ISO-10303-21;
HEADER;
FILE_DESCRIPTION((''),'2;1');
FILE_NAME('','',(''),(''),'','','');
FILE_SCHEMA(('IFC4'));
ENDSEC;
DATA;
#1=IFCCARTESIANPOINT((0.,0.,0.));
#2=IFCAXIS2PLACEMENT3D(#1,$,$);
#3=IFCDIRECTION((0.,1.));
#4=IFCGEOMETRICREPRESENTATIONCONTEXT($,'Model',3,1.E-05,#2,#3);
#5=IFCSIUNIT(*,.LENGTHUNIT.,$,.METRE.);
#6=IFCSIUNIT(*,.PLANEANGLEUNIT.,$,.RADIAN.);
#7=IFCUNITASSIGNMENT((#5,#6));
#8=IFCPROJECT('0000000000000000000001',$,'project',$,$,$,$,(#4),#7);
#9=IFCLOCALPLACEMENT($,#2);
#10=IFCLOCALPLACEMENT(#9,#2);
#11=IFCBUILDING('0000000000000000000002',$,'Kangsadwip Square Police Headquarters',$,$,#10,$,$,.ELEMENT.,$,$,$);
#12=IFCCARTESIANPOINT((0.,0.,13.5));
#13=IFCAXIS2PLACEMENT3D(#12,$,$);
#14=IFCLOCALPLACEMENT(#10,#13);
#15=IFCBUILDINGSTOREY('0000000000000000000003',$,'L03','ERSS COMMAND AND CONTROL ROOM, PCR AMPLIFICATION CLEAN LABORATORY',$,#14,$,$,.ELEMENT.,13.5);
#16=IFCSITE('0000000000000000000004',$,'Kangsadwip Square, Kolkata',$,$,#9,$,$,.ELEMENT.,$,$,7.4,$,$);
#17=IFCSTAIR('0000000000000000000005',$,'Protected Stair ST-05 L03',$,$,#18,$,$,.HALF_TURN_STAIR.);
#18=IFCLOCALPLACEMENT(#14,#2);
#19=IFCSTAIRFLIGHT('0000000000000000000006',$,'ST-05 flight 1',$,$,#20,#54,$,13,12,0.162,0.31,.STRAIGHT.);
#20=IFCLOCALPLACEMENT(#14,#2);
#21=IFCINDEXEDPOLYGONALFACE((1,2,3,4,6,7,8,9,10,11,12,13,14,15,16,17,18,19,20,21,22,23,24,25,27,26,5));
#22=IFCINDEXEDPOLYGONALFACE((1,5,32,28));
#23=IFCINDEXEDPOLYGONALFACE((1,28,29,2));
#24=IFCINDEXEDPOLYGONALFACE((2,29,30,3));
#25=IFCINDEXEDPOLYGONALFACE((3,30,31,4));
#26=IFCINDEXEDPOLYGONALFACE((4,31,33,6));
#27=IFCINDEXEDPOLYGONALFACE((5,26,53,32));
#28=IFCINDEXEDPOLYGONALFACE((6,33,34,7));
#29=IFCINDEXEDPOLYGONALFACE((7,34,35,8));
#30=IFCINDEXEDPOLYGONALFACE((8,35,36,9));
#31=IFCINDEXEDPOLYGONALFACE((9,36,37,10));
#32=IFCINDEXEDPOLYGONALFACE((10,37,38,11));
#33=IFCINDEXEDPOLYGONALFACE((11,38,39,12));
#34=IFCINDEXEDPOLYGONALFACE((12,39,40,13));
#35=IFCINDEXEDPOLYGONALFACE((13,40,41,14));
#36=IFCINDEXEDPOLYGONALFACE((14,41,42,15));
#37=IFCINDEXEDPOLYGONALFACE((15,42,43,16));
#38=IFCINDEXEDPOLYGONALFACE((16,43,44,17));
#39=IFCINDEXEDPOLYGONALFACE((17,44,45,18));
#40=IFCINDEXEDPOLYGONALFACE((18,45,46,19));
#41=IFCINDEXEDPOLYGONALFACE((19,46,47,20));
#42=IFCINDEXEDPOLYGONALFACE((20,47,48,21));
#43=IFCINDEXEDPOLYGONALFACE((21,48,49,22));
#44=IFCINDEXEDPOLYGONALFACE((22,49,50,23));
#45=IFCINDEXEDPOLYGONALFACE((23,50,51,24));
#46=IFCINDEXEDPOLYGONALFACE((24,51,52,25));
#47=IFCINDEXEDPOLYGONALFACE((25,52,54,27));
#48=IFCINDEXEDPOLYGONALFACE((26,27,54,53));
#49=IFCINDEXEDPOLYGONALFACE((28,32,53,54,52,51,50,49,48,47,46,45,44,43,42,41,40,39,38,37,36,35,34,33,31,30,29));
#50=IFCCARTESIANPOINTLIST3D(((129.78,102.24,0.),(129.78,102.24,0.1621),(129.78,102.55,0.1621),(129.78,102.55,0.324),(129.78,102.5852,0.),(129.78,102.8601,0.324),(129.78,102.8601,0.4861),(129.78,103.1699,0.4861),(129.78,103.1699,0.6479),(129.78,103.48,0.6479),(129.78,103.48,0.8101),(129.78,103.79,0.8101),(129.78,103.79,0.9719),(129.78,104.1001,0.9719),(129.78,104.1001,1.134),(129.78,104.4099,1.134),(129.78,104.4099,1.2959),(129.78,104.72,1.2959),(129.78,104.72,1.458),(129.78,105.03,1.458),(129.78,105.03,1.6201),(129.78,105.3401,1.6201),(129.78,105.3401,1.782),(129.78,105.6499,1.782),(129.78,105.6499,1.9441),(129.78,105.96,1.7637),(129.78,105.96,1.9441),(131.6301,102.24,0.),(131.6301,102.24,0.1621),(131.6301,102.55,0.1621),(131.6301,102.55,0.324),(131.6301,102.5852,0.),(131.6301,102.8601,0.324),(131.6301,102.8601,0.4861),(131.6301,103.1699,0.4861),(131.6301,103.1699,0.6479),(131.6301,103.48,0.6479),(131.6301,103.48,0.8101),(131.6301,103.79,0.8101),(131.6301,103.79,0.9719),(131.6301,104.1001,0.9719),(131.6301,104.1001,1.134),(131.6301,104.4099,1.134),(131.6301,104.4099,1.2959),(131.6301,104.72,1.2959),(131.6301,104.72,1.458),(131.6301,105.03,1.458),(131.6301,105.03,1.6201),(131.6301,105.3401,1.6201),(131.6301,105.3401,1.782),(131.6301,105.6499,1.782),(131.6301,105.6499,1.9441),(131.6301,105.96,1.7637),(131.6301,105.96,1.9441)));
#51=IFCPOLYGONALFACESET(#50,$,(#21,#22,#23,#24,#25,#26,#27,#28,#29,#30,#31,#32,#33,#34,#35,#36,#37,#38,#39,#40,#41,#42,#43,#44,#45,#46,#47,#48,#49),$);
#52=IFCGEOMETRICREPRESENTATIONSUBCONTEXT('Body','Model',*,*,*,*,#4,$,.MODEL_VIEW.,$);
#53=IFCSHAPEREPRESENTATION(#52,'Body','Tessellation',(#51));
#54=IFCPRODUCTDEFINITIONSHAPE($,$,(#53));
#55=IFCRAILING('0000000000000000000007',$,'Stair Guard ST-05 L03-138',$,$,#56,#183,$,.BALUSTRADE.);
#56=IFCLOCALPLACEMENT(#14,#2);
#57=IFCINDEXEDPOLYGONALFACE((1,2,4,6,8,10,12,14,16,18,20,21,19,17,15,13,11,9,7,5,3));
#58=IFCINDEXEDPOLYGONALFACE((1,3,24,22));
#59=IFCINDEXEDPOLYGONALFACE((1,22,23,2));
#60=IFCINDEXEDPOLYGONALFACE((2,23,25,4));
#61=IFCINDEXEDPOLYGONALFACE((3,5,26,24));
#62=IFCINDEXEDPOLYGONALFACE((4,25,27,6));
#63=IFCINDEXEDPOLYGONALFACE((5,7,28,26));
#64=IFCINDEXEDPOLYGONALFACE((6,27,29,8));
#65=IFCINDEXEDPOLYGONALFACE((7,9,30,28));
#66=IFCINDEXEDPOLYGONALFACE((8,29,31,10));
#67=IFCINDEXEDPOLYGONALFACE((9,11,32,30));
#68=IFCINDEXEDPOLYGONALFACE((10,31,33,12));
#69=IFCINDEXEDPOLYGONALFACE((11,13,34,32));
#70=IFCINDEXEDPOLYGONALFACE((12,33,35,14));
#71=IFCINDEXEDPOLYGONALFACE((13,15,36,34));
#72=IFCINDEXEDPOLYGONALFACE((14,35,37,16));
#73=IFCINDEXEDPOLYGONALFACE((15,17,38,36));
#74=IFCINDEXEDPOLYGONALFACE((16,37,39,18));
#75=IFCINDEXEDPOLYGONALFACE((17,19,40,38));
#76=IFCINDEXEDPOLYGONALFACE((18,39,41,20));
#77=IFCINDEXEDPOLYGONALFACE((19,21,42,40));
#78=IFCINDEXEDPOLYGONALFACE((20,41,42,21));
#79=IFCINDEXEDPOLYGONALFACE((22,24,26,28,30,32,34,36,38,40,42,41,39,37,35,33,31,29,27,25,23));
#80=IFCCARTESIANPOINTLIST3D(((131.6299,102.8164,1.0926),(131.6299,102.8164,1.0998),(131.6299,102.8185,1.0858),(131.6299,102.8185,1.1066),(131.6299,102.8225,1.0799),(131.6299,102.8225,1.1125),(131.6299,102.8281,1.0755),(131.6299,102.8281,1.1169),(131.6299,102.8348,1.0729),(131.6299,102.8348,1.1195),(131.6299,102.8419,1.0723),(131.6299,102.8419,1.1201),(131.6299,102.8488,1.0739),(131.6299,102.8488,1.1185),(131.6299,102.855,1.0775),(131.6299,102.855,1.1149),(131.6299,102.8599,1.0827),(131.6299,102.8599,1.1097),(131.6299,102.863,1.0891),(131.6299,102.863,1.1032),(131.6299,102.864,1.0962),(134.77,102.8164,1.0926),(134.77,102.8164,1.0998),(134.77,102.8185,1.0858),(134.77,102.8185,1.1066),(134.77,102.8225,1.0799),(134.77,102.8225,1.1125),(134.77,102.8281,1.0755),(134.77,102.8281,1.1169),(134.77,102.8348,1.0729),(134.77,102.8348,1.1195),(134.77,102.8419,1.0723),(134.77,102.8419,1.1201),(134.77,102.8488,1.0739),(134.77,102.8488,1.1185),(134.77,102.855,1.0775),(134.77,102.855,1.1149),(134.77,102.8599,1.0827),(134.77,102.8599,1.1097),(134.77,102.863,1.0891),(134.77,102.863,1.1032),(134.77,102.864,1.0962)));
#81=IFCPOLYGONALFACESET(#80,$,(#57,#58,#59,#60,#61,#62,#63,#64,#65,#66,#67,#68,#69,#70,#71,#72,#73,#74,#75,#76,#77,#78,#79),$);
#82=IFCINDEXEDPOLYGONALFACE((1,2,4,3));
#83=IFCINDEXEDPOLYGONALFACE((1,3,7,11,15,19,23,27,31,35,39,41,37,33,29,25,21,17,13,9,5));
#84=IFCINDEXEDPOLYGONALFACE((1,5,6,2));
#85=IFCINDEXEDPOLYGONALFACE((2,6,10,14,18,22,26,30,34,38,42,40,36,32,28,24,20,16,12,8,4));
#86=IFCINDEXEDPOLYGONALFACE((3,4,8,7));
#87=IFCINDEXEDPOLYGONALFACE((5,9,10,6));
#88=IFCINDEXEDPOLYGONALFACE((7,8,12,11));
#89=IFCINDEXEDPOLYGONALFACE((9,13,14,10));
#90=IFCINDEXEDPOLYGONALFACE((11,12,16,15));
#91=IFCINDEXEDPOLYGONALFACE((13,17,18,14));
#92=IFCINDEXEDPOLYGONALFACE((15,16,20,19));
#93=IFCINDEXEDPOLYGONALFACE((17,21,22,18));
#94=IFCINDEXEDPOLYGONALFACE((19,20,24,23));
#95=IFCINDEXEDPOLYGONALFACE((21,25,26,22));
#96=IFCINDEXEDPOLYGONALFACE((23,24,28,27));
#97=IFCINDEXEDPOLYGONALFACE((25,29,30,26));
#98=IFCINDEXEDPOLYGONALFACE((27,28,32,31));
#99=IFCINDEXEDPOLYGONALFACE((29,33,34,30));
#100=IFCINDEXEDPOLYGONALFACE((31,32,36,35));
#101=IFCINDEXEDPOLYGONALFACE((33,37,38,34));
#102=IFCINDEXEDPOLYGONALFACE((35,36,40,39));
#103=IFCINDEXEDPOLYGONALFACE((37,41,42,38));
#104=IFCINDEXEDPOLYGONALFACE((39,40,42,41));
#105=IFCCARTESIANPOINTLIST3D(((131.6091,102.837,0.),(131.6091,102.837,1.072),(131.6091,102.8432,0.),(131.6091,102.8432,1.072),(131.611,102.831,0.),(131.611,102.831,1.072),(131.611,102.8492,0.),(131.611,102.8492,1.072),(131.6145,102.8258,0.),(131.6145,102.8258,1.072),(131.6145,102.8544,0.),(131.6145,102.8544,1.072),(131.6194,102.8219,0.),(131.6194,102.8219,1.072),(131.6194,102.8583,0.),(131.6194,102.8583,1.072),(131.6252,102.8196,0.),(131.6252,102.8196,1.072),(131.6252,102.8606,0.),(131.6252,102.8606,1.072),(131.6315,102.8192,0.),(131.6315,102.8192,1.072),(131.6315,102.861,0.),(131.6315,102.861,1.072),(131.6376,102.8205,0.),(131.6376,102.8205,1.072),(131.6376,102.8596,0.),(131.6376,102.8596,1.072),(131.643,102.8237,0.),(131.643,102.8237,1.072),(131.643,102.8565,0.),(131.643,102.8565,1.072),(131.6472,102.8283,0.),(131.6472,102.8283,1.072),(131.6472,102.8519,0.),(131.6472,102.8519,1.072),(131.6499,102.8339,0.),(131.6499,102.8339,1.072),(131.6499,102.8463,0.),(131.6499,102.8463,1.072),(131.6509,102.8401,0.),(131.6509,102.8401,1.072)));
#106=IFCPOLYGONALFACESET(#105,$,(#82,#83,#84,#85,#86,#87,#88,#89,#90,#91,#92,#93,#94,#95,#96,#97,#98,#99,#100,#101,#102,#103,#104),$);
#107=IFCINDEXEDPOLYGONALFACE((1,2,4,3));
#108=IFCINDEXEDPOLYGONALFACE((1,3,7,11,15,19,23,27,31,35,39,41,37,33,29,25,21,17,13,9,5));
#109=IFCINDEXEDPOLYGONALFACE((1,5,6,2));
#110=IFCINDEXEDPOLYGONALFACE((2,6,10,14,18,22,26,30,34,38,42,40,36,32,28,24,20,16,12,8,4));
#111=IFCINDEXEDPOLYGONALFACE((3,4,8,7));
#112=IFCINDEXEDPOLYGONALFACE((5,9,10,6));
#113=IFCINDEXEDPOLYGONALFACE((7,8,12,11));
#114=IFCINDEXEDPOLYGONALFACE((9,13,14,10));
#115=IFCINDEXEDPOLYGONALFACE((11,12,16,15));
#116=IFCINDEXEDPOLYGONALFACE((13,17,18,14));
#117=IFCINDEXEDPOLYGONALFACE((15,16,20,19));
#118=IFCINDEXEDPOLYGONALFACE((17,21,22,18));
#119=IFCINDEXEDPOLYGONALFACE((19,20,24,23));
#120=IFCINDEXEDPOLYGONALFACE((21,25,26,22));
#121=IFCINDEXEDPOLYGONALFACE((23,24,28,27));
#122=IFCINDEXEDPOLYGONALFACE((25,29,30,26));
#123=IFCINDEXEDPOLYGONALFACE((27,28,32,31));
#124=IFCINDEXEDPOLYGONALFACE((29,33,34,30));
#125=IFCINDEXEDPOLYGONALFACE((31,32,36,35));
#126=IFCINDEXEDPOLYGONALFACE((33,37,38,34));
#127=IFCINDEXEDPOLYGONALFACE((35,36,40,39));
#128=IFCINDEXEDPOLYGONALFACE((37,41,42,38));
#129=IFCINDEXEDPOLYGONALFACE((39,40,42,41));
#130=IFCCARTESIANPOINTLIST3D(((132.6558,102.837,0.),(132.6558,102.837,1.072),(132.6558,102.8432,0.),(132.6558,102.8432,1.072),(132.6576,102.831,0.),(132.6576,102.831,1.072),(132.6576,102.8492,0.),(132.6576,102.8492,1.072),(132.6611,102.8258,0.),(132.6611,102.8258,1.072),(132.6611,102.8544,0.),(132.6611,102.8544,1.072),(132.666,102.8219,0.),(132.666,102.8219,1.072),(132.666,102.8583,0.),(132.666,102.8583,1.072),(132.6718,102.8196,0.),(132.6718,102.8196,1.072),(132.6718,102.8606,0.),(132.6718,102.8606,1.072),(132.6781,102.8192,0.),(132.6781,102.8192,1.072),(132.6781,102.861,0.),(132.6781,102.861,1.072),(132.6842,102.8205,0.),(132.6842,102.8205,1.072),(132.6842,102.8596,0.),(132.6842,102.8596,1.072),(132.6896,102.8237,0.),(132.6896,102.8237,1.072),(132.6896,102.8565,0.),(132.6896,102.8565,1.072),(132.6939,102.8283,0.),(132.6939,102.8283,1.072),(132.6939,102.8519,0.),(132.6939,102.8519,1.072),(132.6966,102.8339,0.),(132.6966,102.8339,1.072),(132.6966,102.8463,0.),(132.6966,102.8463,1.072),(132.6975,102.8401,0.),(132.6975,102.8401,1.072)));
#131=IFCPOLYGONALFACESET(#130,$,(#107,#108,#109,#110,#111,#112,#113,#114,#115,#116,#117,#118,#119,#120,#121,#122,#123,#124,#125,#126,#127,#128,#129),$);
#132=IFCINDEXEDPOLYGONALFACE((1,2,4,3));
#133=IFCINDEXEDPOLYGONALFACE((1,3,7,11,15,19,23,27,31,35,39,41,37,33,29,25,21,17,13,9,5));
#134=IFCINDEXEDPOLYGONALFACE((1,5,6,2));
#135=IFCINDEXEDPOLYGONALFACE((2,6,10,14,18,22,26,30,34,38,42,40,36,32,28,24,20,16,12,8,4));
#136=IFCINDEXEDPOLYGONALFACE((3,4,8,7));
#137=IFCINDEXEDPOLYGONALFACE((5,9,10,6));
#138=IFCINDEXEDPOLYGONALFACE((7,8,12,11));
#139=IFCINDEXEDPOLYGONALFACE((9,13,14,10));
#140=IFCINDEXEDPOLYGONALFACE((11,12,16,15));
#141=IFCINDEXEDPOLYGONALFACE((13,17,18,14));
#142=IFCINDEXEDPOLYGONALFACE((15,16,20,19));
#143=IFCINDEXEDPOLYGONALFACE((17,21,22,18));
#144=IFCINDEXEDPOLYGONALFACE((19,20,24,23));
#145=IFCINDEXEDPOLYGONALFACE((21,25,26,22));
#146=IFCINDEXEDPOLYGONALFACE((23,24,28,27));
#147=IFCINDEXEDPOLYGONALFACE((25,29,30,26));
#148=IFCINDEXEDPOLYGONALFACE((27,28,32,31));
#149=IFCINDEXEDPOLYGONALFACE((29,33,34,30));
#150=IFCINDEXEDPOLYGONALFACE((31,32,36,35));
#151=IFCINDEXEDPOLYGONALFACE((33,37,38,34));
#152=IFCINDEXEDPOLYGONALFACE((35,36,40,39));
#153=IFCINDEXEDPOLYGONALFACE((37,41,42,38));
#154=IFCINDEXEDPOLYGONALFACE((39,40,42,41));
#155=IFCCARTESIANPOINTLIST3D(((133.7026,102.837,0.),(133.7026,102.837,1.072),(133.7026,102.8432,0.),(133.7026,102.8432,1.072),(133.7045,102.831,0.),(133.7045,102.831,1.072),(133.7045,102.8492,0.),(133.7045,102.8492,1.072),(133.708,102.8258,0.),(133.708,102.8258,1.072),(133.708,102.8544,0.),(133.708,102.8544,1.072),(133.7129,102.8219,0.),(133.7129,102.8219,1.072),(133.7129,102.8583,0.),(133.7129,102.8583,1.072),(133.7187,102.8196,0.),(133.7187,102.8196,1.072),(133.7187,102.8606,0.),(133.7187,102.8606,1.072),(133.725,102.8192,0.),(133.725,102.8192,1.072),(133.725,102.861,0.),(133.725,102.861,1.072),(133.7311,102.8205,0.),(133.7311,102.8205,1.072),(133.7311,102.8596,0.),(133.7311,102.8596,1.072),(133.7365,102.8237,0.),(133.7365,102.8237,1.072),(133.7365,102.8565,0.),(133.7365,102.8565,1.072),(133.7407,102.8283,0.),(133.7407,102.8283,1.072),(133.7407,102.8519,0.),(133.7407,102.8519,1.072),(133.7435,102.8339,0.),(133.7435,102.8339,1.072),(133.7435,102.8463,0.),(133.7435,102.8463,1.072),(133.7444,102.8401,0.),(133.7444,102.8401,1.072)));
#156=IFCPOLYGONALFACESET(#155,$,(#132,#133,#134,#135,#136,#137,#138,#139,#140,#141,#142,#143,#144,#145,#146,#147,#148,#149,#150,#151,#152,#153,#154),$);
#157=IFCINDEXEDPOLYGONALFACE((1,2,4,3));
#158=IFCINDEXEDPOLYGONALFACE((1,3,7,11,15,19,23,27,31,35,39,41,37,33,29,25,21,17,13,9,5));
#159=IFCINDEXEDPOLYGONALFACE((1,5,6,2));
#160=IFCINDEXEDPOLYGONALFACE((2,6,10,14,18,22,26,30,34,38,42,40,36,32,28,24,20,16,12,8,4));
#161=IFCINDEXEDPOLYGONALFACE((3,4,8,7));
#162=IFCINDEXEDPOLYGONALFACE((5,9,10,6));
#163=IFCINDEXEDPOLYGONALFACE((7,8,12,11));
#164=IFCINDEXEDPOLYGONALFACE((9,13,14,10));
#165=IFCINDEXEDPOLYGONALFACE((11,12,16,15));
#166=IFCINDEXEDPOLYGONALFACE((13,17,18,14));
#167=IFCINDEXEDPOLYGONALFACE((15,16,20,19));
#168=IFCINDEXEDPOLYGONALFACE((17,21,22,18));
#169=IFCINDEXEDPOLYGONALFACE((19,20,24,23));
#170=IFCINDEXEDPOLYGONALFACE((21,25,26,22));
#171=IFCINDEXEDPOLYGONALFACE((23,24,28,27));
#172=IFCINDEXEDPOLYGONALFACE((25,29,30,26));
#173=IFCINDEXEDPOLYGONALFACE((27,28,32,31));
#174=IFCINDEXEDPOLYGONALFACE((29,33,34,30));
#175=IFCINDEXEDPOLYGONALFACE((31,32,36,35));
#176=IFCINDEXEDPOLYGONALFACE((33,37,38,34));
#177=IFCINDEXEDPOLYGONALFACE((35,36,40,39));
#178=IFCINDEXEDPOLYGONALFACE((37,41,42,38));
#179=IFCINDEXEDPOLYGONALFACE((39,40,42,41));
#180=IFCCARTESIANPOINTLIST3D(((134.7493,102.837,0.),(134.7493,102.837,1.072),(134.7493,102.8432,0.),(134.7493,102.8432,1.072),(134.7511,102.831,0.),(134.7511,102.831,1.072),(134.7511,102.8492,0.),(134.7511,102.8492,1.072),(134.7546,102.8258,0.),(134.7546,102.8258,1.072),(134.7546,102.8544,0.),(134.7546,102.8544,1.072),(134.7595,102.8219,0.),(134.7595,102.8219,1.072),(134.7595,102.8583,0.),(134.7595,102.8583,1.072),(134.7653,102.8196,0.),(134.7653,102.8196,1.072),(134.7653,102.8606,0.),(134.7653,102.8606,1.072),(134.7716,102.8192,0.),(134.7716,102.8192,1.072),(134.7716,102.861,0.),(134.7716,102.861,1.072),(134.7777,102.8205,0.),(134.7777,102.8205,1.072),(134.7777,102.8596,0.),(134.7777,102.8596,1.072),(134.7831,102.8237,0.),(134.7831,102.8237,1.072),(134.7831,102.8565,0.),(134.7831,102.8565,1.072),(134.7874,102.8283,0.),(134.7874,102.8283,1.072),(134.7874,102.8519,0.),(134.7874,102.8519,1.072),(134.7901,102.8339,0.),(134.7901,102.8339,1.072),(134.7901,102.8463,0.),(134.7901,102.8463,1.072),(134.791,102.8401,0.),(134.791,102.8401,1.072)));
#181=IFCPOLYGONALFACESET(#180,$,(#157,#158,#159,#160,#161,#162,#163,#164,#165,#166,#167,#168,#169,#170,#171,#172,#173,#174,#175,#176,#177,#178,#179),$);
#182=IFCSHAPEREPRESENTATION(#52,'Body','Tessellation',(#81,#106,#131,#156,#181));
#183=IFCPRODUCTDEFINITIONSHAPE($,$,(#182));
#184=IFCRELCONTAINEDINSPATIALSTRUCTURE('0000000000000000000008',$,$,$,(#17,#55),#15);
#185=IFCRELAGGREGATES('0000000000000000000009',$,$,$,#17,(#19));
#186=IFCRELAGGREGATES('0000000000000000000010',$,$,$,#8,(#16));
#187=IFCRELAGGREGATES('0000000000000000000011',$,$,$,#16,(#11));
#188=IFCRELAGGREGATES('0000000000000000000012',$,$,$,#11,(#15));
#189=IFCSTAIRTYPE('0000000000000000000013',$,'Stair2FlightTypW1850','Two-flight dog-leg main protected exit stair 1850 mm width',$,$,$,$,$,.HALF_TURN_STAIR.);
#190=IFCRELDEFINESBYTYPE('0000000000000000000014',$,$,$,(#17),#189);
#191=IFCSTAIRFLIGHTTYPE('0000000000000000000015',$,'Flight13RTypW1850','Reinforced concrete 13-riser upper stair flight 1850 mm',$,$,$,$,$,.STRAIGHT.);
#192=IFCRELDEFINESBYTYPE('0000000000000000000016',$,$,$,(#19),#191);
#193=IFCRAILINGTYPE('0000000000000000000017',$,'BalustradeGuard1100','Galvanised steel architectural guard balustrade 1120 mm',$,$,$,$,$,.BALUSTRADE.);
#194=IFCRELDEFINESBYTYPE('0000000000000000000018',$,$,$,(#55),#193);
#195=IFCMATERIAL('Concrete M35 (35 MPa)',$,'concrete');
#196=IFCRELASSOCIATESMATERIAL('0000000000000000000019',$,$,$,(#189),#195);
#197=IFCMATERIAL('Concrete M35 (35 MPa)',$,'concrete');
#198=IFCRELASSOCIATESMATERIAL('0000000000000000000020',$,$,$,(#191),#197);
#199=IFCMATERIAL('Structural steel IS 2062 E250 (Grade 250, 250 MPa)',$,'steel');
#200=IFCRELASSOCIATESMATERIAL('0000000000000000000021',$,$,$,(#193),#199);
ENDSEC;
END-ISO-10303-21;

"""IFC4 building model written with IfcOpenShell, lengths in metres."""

from ifc_helpers import new_model, si_unit, direction, frame, origin, origin_2d, place, context, subcontext, project, spatial, polyline, circle, outline, extrude, material, type_object, element, aggregate, save


model = new_model("IFC4")

# Units and contexts
model_context = context("Model", 3, precision=1e-05, world=origin(), true_north=direction((0.0, 1.0)))
body_context = subcontext(model_context, "Body", "Model", "MODEL_VIEW")
ifc_project = project(units=[si_unit("LENGTHUNIT", "METRE"), si_unit("PLANEANGLEUNIT", "RADIAN")], contexts=[model_context])

# Site, building, storey
site_placement = place(None, origin())
site = spatial("IfcSite", under=ifc_project, at=site_placement, Name="Kangsadwip Square, Kolkata", CompositionType="ELEMENT", RefElevation=7.4)
building_placement = place(site_placement, origin())
building = spatial("IfcBuilding", under=site, at=building_placement, Name="Kangsadwip Square Police Headquarters", CompositionType="ELEMENT")
storey_placement = place(building_placement, frame((0.0, 0.0, 13.5)))
storey = spatial("IfcBuildingStorey", under=building, at=storey_placement, Name="L03", Description="ERSS COMMAND AND CONTROL ROOM, PCR AMPLIFICATION CLEAN LABORATORY", CompositionType="ELEMENT", Elevation=13.5)

# Stair, stair flight
ifc_material_1 = material(Name="Concrete M35 (35 MPa)", Category="concrete")
stair_type = type_object("IfcStairType", Name="Stair2FlightTypW1850", Description="Two-flight dog-leg main protected exit stair 1850 mm width", PredefinedType="HALF_TURN_STAIR", material=ifc_material_1)
stair_placement = place(storey_placement, origin())
stair = element("IfcStair", 1, at=stair_placement, inside=storey, type_object=stair_type, Name="Protected Stair ST-05 L03", PredefinedType="HALF_TURN_STAIR")
ifc_material_2 = material(Name="Concrete M35 (35 MPa)", Category="concrete")
stair_flight_type = type_object("IfcStairFlightType", Name="Flight13RTypW1850", Description="Reinforced concrete 13-riser upper stair flight 1850 mm", PredefinedType="STRAIGHT", material=ifc_material_2)
stair_flight_placement = place(storey_placement, frame((130.7051, 102.24, 0.0), z_axis=(0.0, 0.0, 1.0), x_axis=(0.0, 1.0, 0.0)))
stair_flight = element("IfcStairFlight", 2, at=stair_flight_placement, type_object=stair_flight_type, Name="ST-05 flight 1", NumberOfRisers=13, NumberOfTreads=12, PredefinedType="STRAIGHT", RiserHeight=0.162, TreadLength=0.31, context=body_context, shape_type="SweptSolid", body=[
    extrude(outline(polyline([(0.0, 0.0), (0.0, 0.1621), (0.3101, 0.1621), (0.3101, 0.324), (0.6201, 0.324), (0.6201, 0.4861), (0.9299, 0.4861), (0.9299, 0.6479), (1.24, 0.6479), (1.24, 0.8101), (1.55, 0.8101), (1.55, 0.9719), (1.8601, 0.9719), (1.8601, 1.134), (2.1699, 1.134), (2.1699, 1.2959), (2.48, 1.2959), (2.48, 1.458), (2.79, 1.458), (2.79, 1.6201), (3.1001, 1.6201), (3.1001, 1.782), (3.4099, 1.782), (3.4099, 1.9441), (3.72, 1.9441), (3.72, 2.106), (3.72, 1.7637), (0.3452, 0.0), (0.0, 0.0)])), frame((0.0, 0.925, 0.0), z_axis=(0.0, -1.0, 0.0), x_axis=(1.0, 0.0, 0.0)), (0.0, 0.0, 1.0), 1.8501),
])
aggregate(stair, [stair_flight])

# Railing
ifc_material_3 = material(Name="Structural steel IS 2062 E250 (Grade 250, 250 MPa)", Category="steel")
railing_type_1 = type_object("IfcRailingType", Name="BalustradeGuard1100", Description="Galvanised steel architectural guard balustrade 1120 mm", PredefinedType="BALUSTRADE", material=ifc_material_3)
for number, where, name in (
    (3, (131.6299, 102.8401, 0.0), "Stair Guard ST-05 L03-138"),
):
    element("IfcRailing", number, at=place(storey_placement, frame(where)), inside=storey, type_object=railing_type_1, Name=name, PredefinedType="BALUSTRADE", context=body_context, shape_type="SweptSolid", body=[
        extrude(circle(Radius=0.0239, at=origin_2d()), frame((0.0, 0.0, 1.0962), z_axis=(1.0, 0.0, 0.0), x_axis=(0.0, 1.0, 0.0)), (0.0, 0.0, 1.0), 3.1401),
        extrude(circle(Radius=0.021, at=origin_2d()), origin(), (0.0, 0.0, 1.0), 1.072),
        extrude(circle(Radius=0.021, at=origin_2d()), frame((1.0466, 0.0, 0.0)), (0.0, 0.0, 1.0), 1.072),
        extrude(circle(Radius=0.021, at=origin_2d()), frame((2.0935, 0.0, 0.0)), (0.0, 0.0, 1.0), 1.072),
        extrude(circle(Radius=0.021, at=origin_2d()), frame((3.1401, 0.0, 0.0)), (0.0, 0.0, 1.0), 1.072),
    ])

save(model, "model.ifc")
